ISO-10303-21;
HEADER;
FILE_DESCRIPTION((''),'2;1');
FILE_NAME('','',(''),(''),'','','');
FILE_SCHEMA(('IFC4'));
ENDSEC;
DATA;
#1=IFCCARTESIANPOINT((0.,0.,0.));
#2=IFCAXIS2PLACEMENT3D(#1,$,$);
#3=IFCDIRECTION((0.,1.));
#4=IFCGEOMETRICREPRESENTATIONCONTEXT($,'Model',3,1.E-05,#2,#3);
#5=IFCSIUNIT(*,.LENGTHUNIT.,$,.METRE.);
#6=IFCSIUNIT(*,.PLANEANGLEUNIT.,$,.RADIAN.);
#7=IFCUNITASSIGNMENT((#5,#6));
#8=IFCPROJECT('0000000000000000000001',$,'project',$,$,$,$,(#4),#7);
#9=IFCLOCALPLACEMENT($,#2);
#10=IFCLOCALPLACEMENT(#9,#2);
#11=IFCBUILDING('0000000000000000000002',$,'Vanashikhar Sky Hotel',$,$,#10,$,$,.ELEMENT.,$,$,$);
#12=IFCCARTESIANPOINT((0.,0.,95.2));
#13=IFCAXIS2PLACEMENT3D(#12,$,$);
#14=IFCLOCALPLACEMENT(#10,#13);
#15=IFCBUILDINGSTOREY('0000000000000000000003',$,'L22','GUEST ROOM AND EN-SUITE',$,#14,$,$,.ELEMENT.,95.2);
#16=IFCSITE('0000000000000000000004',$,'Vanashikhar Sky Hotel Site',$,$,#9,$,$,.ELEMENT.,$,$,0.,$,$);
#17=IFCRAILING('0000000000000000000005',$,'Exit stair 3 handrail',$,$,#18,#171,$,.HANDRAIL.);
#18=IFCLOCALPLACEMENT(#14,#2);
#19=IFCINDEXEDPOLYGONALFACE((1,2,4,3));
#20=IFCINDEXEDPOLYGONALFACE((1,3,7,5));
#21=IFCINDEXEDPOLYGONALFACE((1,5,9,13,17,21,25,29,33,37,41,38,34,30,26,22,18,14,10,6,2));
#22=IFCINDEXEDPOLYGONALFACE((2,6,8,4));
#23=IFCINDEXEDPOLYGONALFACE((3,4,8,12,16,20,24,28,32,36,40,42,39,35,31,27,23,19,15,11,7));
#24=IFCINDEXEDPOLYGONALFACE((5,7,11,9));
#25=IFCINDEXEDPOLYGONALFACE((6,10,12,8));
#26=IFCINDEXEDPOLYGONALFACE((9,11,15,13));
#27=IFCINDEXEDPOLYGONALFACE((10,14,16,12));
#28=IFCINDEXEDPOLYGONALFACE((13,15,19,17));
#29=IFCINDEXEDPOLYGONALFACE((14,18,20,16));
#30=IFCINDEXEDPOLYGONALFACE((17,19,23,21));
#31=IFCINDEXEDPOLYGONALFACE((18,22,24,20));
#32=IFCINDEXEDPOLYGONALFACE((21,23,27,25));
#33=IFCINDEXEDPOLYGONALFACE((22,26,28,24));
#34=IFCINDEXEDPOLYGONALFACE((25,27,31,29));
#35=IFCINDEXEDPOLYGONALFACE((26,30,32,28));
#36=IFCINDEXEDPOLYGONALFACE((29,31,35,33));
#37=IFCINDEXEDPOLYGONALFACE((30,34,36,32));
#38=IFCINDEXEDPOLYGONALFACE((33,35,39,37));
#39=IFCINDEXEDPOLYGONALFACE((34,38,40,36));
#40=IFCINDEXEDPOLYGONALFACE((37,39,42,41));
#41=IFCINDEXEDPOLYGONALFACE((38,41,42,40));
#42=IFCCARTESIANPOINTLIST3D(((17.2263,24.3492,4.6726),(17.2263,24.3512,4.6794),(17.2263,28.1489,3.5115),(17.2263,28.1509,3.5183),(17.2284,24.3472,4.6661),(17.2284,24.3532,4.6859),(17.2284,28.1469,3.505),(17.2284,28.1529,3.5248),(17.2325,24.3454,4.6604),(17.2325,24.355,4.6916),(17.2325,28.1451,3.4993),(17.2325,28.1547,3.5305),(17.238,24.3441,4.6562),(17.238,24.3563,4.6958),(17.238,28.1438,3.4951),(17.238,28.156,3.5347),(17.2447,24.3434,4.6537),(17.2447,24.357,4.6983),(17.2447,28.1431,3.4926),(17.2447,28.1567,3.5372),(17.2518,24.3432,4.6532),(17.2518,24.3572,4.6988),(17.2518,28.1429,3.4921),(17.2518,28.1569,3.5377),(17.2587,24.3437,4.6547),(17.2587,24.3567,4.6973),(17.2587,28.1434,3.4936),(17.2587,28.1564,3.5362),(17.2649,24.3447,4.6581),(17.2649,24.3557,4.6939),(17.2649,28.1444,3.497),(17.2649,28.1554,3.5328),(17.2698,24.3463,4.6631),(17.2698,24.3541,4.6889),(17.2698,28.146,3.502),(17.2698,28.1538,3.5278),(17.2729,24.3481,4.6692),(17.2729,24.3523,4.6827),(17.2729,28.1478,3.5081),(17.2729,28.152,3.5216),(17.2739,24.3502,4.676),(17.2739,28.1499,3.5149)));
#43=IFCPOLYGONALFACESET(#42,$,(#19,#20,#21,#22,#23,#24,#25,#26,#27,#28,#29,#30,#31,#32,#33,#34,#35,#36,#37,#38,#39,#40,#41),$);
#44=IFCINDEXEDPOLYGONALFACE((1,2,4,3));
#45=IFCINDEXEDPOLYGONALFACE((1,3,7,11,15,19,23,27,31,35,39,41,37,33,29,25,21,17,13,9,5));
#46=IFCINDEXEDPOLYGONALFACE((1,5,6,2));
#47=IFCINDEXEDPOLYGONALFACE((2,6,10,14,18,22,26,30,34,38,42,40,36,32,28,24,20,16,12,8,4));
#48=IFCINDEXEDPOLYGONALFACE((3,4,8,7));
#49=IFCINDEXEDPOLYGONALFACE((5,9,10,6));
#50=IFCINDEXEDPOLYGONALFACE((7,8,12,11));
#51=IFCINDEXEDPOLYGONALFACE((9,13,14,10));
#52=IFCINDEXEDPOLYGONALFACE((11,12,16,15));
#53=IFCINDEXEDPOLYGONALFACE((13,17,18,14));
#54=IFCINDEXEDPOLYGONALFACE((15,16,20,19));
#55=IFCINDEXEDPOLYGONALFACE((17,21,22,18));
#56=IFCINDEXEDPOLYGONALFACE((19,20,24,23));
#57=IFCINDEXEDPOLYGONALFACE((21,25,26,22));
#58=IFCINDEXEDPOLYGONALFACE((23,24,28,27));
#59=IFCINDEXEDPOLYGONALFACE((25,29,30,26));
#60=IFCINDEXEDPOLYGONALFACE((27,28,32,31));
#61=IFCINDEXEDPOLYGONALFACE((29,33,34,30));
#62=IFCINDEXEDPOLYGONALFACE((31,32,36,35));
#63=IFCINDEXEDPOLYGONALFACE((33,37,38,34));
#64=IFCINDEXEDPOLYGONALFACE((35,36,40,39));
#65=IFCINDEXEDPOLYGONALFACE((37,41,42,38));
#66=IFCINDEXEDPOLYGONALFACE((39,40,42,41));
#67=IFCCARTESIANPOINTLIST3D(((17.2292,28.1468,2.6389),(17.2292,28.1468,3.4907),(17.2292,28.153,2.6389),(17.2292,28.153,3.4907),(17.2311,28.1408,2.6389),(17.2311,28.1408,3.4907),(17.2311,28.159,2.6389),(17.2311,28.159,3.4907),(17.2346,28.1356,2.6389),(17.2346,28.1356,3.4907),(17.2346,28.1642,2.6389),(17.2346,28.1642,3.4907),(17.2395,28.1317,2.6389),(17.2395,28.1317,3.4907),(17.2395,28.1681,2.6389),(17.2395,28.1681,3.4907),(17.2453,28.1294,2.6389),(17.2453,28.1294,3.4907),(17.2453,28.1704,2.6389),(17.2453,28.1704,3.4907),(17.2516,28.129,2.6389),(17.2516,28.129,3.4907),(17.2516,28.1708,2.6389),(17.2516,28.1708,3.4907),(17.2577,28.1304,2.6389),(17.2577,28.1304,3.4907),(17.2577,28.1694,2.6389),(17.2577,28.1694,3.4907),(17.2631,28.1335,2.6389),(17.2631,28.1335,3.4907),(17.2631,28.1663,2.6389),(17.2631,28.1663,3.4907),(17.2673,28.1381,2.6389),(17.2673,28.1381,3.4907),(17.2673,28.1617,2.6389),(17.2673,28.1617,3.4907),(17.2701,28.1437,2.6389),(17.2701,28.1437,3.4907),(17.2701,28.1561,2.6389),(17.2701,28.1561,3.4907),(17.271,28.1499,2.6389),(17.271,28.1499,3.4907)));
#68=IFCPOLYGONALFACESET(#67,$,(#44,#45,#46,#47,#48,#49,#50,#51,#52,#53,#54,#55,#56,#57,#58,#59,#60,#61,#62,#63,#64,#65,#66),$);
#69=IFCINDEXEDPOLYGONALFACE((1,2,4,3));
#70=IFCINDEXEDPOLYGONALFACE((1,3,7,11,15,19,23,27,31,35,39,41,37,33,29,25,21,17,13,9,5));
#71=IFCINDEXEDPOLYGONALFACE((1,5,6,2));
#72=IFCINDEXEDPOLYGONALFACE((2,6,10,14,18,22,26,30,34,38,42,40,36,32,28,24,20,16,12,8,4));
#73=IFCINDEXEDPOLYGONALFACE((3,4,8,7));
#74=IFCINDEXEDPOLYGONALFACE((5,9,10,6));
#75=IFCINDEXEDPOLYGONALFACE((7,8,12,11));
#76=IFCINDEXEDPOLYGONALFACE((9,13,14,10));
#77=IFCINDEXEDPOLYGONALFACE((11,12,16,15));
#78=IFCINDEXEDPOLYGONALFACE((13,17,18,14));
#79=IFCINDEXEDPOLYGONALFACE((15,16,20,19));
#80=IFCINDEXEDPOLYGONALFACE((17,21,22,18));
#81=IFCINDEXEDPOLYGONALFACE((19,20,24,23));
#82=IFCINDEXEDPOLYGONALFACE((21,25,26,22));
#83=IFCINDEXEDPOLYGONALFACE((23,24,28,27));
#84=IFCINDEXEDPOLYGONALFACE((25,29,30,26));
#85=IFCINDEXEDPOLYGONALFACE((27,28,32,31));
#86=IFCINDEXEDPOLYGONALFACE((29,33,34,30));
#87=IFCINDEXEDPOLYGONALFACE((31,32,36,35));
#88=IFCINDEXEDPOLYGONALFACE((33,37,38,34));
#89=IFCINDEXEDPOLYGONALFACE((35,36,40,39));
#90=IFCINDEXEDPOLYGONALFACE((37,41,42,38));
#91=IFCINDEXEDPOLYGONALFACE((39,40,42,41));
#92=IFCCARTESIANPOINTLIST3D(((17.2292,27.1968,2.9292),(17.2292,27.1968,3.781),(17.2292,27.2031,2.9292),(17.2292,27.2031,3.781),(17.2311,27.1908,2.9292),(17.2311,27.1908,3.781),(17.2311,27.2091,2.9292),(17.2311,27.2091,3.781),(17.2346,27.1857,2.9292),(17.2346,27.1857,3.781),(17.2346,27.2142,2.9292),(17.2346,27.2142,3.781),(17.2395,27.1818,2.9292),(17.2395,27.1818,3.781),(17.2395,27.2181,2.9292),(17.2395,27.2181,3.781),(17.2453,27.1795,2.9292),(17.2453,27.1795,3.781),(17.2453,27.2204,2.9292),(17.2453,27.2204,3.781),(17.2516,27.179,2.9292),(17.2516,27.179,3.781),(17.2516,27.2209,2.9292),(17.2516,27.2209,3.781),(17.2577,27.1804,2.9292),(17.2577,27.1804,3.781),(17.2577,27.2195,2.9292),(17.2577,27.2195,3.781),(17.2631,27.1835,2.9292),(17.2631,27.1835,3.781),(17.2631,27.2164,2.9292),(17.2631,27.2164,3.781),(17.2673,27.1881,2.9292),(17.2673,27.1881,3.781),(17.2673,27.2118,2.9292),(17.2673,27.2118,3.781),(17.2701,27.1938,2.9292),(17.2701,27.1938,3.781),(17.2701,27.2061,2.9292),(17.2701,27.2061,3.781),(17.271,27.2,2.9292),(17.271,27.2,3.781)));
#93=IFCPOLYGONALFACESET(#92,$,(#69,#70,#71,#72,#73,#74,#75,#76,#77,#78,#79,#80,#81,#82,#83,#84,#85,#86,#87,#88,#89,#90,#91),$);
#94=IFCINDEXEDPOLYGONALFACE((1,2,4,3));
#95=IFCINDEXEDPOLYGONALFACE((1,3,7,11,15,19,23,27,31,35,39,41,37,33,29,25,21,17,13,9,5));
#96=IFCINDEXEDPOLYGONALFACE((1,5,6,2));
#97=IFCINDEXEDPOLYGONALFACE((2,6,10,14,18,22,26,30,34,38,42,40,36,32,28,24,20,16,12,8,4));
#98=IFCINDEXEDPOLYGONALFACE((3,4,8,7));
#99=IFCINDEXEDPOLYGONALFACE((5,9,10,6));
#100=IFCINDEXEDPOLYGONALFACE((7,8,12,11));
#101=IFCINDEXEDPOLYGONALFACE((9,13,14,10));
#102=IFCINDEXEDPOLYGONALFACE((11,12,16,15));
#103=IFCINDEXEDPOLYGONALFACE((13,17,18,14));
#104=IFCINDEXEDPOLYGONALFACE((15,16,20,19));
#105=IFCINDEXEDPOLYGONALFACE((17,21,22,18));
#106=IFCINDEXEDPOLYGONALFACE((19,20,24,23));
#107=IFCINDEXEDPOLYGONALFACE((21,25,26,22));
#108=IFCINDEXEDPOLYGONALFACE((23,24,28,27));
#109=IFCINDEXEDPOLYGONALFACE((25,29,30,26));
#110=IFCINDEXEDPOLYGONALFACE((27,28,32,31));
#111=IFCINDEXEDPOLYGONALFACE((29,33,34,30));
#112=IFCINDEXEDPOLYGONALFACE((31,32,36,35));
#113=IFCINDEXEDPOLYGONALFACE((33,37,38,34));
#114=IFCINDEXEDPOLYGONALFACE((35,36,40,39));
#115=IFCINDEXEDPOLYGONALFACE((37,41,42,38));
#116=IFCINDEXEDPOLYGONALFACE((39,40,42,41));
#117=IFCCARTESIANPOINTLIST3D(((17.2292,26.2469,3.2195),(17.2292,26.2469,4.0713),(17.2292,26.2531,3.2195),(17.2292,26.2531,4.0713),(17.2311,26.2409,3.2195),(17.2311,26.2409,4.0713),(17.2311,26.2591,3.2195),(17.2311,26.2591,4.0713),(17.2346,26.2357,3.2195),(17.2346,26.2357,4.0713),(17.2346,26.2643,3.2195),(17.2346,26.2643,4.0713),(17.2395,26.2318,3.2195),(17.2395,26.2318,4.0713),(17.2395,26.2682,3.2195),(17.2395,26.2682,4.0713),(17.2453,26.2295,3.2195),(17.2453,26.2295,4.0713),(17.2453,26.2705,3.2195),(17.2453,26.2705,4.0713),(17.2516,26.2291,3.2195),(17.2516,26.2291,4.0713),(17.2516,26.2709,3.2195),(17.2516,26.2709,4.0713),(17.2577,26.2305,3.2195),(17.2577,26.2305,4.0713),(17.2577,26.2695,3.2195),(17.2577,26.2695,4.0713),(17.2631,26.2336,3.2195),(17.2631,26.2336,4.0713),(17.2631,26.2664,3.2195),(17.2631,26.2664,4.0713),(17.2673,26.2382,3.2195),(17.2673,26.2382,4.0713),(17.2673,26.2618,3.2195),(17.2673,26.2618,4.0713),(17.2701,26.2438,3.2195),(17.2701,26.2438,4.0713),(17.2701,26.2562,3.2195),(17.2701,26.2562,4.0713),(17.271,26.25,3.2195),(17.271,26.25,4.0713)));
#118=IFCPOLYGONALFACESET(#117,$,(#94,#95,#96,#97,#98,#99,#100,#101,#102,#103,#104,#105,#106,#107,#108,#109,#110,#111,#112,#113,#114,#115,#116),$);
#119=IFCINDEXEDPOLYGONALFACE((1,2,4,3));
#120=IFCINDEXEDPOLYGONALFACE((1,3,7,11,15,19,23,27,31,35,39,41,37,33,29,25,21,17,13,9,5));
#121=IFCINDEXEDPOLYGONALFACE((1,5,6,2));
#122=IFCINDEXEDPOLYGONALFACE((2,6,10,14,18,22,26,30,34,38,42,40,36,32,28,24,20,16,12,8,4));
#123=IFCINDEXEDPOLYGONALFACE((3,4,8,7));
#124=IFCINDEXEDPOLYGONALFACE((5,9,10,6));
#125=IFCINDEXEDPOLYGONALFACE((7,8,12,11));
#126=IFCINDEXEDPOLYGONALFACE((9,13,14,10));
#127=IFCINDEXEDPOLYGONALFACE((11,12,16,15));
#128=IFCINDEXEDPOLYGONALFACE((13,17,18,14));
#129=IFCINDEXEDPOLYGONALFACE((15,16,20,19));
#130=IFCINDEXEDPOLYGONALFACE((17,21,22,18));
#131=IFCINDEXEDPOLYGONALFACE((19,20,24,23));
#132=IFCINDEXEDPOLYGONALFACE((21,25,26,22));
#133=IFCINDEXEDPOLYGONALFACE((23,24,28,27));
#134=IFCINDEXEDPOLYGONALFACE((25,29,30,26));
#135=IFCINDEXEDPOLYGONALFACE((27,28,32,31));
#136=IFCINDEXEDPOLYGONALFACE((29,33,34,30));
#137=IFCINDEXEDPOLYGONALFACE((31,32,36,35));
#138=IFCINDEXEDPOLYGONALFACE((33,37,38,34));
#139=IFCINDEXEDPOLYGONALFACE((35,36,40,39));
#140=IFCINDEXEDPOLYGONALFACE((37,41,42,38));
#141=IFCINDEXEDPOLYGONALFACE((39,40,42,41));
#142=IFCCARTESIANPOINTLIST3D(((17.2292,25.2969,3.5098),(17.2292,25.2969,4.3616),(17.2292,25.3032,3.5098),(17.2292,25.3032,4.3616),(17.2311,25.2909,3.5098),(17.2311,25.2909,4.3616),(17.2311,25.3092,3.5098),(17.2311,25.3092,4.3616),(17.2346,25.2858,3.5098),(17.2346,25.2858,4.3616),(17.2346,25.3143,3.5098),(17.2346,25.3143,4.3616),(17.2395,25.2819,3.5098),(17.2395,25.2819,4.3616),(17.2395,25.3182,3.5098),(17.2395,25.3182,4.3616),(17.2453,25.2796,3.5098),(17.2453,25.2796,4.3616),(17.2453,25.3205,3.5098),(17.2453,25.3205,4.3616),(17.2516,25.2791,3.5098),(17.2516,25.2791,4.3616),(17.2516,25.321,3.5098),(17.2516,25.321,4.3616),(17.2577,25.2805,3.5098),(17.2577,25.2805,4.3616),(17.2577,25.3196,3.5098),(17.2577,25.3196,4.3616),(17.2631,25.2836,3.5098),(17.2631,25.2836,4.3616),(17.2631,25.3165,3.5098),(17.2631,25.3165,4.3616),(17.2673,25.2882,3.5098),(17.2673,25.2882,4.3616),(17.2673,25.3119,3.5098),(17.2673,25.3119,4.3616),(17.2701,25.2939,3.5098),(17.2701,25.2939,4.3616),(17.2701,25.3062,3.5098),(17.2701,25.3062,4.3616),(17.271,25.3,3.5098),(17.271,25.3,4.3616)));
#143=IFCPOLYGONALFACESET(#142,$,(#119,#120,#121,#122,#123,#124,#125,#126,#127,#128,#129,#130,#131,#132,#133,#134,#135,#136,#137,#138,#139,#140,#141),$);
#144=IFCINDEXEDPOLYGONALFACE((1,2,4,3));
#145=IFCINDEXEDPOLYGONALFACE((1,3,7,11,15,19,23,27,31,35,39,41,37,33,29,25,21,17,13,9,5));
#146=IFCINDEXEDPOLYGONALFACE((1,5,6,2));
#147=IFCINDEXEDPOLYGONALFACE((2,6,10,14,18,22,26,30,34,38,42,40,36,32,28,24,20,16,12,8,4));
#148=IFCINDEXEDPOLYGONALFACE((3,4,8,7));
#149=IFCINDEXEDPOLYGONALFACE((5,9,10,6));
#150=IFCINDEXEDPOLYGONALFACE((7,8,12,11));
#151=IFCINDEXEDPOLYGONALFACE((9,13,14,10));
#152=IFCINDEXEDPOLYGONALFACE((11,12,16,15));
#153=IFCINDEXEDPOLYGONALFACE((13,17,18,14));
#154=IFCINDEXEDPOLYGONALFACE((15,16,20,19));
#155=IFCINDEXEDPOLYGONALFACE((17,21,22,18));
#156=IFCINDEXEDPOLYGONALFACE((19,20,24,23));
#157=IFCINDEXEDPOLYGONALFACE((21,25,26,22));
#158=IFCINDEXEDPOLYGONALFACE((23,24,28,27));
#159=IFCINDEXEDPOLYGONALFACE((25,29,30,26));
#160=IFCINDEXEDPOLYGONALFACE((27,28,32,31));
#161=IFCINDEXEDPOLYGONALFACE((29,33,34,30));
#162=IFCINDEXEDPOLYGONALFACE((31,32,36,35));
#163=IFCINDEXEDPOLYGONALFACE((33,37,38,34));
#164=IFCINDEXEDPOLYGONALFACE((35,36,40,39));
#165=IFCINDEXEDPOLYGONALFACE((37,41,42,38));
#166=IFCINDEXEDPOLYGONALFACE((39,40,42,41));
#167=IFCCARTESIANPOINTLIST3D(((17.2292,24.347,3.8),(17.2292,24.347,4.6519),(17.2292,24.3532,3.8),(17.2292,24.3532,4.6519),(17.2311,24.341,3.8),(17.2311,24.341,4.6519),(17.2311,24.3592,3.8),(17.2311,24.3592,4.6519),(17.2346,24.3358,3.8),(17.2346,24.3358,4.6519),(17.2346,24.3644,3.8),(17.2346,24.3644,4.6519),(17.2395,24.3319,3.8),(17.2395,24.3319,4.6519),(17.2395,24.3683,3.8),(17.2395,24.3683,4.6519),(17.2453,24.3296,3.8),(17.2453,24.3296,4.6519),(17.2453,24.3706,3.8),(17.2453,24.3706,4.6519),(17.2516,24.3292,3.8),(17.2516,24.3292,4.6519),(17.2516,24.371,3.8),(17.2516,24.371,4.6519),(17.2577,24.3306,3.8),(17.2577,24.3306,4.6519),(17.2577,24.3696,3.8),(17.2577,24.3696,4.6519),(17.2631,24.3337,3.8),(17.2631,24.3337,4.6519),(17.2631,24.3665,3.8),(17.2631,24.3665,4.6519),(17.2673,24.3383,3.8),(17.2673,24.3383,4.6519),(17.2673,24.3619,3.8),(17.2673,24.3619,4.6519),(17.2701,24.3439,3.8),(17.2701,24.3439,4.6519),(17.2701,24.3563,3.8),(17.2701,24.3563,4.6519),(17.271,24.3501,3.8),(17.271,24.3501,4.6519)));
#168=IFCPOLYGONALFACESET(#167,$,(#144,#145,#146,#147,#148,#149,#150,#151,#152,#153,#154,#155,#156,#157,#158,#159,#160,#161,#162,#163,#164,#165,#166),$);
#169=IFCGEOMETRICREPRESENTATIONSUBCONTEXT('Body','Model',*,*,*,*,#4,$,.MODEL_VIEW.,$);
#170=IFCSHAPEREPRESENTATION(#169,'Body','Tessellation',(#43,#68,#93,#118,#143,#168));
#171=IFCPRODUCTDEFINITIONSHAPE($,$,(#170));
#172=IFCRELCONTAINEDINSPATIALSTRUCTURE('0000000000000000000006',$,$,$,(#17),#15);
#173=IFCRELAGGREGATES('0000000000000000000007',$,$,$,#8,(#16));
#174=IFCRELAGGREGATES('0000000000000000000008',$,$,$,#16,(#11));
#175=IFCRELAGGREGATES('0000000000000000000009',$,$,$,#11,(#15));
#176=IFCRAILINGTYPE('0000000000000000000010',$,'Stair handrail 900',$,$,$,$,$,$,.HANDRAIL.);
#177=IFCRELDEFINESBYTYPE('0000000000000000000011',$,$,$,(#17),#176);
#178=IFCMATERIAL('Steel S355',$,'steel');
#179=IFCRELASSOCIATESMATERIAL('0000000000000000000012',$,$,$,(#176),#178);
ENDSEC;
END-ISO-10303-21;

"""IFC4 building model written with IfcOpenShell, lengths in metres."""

from ifc_helpers import new_model, si_unit, direction, frame, origin, origin_2d, place, context, subcontext, project, spatial, circle, extrude, source, transform, mapped, material, type_object, element, save


model = new_model("IFC4")

# Units and contexts
model_context = context("Model", 3, precision=1e-05, world=origin(), true_north=direction((0.0, 1.0)))
body_context = subcontext(model_context, "Body", "Model", "MODEL_VIEW")
ifc_project = project(units=[si_unit("LENGTHUNIT", "METRE"), si_unit("PLANEANGLEUNIT", "RADIAN")], contexts=[model_context])

# Site, building, storey
site_placement = place(None, origin())
site = spatial("IfcSite", under=ifc_project, at=site_placement, Name="Vanashikhar Sky Hotel Site", CompositionType="ELEMENT", RefElevation=0.0)
building_placement = place(site_placement, origin())
building = spatial("IfcBuilding", under=site, at=building_placement, Name="Vanashikhar Sky Hotel", CompositionType="ELEMENT")
storey_placement = place(building_placement, frame((0.0, 0.0, 95.2)))
storey = spatial("IfcBuildingStorey", under=building, at=storey_placement, Name="L22", Description="GUEST ROOM AND EN-SUITE", CompositionType="ELEMENT", Elevation=95.2)

# Railing
ifc_material_1 = material(Name="Steel S355", Category="steel")
railing_type = type_object("IfcRailingType", Name="Stair handrail 900", PredefinedType="HANDRAIL", material=ifc_material_1)
shared_shape_1 = source(origin(), body_context, "Body", "SweptSolid", [
    extrude(circle(Radius=0.0239, at=origin_2d()), frame((0.0, 0.0, 0.876), z_axis=(0.0, -0.956346, 0.292237), x_axis=(1.0, 0.0, 0.0)), (0.0, 0.0, 1.0), 3.9731),
    extrude(circle(Radius=0.021, at=origin_2d()), origin(), (0.0, 0.0, 1.0), 0.8518),
    extrude(circle(Radius=0.021, at=origin_2d()), frame((0.0, -0.95, 0.2903)), (0.0, 0.0, 1.0), 0.8518),
    extrude(circle(Radius=0.021, at=origin_2d()), frame((0.0, -1.8999, 0.5806)), (0.0, 0.0, 1.0), 0.8518),
    extrude(circle(Radius=0.021, at=origin_2d()), frame((0.0, -2.8499, 0.8708)), (0.0, 0.0, 1.0), 0.8518),
    extrude(circle(Radius=0.021, at=origin_2d()), frame((0.0, -3.7998, 1.1611)), (0.0, 0.0, 1.0), 0.8518),
])
railing_1_placement = place(storey_placement, frame((17.25, 28.1499, 2.6389)))
element("IfcRailing", 1, at=railing_1_placement, inside=storey, type_object=railing_type, Name="Exit stair 3 handrail", PredefinedType="HANDRAIL", context=body_context, shape_type="MappedRepresentation", body=[
    mapped(shared_shape_1, transform((0.0, 0.0, 0.0), scale=1.0)),
])

save(model, "model.ifc")
